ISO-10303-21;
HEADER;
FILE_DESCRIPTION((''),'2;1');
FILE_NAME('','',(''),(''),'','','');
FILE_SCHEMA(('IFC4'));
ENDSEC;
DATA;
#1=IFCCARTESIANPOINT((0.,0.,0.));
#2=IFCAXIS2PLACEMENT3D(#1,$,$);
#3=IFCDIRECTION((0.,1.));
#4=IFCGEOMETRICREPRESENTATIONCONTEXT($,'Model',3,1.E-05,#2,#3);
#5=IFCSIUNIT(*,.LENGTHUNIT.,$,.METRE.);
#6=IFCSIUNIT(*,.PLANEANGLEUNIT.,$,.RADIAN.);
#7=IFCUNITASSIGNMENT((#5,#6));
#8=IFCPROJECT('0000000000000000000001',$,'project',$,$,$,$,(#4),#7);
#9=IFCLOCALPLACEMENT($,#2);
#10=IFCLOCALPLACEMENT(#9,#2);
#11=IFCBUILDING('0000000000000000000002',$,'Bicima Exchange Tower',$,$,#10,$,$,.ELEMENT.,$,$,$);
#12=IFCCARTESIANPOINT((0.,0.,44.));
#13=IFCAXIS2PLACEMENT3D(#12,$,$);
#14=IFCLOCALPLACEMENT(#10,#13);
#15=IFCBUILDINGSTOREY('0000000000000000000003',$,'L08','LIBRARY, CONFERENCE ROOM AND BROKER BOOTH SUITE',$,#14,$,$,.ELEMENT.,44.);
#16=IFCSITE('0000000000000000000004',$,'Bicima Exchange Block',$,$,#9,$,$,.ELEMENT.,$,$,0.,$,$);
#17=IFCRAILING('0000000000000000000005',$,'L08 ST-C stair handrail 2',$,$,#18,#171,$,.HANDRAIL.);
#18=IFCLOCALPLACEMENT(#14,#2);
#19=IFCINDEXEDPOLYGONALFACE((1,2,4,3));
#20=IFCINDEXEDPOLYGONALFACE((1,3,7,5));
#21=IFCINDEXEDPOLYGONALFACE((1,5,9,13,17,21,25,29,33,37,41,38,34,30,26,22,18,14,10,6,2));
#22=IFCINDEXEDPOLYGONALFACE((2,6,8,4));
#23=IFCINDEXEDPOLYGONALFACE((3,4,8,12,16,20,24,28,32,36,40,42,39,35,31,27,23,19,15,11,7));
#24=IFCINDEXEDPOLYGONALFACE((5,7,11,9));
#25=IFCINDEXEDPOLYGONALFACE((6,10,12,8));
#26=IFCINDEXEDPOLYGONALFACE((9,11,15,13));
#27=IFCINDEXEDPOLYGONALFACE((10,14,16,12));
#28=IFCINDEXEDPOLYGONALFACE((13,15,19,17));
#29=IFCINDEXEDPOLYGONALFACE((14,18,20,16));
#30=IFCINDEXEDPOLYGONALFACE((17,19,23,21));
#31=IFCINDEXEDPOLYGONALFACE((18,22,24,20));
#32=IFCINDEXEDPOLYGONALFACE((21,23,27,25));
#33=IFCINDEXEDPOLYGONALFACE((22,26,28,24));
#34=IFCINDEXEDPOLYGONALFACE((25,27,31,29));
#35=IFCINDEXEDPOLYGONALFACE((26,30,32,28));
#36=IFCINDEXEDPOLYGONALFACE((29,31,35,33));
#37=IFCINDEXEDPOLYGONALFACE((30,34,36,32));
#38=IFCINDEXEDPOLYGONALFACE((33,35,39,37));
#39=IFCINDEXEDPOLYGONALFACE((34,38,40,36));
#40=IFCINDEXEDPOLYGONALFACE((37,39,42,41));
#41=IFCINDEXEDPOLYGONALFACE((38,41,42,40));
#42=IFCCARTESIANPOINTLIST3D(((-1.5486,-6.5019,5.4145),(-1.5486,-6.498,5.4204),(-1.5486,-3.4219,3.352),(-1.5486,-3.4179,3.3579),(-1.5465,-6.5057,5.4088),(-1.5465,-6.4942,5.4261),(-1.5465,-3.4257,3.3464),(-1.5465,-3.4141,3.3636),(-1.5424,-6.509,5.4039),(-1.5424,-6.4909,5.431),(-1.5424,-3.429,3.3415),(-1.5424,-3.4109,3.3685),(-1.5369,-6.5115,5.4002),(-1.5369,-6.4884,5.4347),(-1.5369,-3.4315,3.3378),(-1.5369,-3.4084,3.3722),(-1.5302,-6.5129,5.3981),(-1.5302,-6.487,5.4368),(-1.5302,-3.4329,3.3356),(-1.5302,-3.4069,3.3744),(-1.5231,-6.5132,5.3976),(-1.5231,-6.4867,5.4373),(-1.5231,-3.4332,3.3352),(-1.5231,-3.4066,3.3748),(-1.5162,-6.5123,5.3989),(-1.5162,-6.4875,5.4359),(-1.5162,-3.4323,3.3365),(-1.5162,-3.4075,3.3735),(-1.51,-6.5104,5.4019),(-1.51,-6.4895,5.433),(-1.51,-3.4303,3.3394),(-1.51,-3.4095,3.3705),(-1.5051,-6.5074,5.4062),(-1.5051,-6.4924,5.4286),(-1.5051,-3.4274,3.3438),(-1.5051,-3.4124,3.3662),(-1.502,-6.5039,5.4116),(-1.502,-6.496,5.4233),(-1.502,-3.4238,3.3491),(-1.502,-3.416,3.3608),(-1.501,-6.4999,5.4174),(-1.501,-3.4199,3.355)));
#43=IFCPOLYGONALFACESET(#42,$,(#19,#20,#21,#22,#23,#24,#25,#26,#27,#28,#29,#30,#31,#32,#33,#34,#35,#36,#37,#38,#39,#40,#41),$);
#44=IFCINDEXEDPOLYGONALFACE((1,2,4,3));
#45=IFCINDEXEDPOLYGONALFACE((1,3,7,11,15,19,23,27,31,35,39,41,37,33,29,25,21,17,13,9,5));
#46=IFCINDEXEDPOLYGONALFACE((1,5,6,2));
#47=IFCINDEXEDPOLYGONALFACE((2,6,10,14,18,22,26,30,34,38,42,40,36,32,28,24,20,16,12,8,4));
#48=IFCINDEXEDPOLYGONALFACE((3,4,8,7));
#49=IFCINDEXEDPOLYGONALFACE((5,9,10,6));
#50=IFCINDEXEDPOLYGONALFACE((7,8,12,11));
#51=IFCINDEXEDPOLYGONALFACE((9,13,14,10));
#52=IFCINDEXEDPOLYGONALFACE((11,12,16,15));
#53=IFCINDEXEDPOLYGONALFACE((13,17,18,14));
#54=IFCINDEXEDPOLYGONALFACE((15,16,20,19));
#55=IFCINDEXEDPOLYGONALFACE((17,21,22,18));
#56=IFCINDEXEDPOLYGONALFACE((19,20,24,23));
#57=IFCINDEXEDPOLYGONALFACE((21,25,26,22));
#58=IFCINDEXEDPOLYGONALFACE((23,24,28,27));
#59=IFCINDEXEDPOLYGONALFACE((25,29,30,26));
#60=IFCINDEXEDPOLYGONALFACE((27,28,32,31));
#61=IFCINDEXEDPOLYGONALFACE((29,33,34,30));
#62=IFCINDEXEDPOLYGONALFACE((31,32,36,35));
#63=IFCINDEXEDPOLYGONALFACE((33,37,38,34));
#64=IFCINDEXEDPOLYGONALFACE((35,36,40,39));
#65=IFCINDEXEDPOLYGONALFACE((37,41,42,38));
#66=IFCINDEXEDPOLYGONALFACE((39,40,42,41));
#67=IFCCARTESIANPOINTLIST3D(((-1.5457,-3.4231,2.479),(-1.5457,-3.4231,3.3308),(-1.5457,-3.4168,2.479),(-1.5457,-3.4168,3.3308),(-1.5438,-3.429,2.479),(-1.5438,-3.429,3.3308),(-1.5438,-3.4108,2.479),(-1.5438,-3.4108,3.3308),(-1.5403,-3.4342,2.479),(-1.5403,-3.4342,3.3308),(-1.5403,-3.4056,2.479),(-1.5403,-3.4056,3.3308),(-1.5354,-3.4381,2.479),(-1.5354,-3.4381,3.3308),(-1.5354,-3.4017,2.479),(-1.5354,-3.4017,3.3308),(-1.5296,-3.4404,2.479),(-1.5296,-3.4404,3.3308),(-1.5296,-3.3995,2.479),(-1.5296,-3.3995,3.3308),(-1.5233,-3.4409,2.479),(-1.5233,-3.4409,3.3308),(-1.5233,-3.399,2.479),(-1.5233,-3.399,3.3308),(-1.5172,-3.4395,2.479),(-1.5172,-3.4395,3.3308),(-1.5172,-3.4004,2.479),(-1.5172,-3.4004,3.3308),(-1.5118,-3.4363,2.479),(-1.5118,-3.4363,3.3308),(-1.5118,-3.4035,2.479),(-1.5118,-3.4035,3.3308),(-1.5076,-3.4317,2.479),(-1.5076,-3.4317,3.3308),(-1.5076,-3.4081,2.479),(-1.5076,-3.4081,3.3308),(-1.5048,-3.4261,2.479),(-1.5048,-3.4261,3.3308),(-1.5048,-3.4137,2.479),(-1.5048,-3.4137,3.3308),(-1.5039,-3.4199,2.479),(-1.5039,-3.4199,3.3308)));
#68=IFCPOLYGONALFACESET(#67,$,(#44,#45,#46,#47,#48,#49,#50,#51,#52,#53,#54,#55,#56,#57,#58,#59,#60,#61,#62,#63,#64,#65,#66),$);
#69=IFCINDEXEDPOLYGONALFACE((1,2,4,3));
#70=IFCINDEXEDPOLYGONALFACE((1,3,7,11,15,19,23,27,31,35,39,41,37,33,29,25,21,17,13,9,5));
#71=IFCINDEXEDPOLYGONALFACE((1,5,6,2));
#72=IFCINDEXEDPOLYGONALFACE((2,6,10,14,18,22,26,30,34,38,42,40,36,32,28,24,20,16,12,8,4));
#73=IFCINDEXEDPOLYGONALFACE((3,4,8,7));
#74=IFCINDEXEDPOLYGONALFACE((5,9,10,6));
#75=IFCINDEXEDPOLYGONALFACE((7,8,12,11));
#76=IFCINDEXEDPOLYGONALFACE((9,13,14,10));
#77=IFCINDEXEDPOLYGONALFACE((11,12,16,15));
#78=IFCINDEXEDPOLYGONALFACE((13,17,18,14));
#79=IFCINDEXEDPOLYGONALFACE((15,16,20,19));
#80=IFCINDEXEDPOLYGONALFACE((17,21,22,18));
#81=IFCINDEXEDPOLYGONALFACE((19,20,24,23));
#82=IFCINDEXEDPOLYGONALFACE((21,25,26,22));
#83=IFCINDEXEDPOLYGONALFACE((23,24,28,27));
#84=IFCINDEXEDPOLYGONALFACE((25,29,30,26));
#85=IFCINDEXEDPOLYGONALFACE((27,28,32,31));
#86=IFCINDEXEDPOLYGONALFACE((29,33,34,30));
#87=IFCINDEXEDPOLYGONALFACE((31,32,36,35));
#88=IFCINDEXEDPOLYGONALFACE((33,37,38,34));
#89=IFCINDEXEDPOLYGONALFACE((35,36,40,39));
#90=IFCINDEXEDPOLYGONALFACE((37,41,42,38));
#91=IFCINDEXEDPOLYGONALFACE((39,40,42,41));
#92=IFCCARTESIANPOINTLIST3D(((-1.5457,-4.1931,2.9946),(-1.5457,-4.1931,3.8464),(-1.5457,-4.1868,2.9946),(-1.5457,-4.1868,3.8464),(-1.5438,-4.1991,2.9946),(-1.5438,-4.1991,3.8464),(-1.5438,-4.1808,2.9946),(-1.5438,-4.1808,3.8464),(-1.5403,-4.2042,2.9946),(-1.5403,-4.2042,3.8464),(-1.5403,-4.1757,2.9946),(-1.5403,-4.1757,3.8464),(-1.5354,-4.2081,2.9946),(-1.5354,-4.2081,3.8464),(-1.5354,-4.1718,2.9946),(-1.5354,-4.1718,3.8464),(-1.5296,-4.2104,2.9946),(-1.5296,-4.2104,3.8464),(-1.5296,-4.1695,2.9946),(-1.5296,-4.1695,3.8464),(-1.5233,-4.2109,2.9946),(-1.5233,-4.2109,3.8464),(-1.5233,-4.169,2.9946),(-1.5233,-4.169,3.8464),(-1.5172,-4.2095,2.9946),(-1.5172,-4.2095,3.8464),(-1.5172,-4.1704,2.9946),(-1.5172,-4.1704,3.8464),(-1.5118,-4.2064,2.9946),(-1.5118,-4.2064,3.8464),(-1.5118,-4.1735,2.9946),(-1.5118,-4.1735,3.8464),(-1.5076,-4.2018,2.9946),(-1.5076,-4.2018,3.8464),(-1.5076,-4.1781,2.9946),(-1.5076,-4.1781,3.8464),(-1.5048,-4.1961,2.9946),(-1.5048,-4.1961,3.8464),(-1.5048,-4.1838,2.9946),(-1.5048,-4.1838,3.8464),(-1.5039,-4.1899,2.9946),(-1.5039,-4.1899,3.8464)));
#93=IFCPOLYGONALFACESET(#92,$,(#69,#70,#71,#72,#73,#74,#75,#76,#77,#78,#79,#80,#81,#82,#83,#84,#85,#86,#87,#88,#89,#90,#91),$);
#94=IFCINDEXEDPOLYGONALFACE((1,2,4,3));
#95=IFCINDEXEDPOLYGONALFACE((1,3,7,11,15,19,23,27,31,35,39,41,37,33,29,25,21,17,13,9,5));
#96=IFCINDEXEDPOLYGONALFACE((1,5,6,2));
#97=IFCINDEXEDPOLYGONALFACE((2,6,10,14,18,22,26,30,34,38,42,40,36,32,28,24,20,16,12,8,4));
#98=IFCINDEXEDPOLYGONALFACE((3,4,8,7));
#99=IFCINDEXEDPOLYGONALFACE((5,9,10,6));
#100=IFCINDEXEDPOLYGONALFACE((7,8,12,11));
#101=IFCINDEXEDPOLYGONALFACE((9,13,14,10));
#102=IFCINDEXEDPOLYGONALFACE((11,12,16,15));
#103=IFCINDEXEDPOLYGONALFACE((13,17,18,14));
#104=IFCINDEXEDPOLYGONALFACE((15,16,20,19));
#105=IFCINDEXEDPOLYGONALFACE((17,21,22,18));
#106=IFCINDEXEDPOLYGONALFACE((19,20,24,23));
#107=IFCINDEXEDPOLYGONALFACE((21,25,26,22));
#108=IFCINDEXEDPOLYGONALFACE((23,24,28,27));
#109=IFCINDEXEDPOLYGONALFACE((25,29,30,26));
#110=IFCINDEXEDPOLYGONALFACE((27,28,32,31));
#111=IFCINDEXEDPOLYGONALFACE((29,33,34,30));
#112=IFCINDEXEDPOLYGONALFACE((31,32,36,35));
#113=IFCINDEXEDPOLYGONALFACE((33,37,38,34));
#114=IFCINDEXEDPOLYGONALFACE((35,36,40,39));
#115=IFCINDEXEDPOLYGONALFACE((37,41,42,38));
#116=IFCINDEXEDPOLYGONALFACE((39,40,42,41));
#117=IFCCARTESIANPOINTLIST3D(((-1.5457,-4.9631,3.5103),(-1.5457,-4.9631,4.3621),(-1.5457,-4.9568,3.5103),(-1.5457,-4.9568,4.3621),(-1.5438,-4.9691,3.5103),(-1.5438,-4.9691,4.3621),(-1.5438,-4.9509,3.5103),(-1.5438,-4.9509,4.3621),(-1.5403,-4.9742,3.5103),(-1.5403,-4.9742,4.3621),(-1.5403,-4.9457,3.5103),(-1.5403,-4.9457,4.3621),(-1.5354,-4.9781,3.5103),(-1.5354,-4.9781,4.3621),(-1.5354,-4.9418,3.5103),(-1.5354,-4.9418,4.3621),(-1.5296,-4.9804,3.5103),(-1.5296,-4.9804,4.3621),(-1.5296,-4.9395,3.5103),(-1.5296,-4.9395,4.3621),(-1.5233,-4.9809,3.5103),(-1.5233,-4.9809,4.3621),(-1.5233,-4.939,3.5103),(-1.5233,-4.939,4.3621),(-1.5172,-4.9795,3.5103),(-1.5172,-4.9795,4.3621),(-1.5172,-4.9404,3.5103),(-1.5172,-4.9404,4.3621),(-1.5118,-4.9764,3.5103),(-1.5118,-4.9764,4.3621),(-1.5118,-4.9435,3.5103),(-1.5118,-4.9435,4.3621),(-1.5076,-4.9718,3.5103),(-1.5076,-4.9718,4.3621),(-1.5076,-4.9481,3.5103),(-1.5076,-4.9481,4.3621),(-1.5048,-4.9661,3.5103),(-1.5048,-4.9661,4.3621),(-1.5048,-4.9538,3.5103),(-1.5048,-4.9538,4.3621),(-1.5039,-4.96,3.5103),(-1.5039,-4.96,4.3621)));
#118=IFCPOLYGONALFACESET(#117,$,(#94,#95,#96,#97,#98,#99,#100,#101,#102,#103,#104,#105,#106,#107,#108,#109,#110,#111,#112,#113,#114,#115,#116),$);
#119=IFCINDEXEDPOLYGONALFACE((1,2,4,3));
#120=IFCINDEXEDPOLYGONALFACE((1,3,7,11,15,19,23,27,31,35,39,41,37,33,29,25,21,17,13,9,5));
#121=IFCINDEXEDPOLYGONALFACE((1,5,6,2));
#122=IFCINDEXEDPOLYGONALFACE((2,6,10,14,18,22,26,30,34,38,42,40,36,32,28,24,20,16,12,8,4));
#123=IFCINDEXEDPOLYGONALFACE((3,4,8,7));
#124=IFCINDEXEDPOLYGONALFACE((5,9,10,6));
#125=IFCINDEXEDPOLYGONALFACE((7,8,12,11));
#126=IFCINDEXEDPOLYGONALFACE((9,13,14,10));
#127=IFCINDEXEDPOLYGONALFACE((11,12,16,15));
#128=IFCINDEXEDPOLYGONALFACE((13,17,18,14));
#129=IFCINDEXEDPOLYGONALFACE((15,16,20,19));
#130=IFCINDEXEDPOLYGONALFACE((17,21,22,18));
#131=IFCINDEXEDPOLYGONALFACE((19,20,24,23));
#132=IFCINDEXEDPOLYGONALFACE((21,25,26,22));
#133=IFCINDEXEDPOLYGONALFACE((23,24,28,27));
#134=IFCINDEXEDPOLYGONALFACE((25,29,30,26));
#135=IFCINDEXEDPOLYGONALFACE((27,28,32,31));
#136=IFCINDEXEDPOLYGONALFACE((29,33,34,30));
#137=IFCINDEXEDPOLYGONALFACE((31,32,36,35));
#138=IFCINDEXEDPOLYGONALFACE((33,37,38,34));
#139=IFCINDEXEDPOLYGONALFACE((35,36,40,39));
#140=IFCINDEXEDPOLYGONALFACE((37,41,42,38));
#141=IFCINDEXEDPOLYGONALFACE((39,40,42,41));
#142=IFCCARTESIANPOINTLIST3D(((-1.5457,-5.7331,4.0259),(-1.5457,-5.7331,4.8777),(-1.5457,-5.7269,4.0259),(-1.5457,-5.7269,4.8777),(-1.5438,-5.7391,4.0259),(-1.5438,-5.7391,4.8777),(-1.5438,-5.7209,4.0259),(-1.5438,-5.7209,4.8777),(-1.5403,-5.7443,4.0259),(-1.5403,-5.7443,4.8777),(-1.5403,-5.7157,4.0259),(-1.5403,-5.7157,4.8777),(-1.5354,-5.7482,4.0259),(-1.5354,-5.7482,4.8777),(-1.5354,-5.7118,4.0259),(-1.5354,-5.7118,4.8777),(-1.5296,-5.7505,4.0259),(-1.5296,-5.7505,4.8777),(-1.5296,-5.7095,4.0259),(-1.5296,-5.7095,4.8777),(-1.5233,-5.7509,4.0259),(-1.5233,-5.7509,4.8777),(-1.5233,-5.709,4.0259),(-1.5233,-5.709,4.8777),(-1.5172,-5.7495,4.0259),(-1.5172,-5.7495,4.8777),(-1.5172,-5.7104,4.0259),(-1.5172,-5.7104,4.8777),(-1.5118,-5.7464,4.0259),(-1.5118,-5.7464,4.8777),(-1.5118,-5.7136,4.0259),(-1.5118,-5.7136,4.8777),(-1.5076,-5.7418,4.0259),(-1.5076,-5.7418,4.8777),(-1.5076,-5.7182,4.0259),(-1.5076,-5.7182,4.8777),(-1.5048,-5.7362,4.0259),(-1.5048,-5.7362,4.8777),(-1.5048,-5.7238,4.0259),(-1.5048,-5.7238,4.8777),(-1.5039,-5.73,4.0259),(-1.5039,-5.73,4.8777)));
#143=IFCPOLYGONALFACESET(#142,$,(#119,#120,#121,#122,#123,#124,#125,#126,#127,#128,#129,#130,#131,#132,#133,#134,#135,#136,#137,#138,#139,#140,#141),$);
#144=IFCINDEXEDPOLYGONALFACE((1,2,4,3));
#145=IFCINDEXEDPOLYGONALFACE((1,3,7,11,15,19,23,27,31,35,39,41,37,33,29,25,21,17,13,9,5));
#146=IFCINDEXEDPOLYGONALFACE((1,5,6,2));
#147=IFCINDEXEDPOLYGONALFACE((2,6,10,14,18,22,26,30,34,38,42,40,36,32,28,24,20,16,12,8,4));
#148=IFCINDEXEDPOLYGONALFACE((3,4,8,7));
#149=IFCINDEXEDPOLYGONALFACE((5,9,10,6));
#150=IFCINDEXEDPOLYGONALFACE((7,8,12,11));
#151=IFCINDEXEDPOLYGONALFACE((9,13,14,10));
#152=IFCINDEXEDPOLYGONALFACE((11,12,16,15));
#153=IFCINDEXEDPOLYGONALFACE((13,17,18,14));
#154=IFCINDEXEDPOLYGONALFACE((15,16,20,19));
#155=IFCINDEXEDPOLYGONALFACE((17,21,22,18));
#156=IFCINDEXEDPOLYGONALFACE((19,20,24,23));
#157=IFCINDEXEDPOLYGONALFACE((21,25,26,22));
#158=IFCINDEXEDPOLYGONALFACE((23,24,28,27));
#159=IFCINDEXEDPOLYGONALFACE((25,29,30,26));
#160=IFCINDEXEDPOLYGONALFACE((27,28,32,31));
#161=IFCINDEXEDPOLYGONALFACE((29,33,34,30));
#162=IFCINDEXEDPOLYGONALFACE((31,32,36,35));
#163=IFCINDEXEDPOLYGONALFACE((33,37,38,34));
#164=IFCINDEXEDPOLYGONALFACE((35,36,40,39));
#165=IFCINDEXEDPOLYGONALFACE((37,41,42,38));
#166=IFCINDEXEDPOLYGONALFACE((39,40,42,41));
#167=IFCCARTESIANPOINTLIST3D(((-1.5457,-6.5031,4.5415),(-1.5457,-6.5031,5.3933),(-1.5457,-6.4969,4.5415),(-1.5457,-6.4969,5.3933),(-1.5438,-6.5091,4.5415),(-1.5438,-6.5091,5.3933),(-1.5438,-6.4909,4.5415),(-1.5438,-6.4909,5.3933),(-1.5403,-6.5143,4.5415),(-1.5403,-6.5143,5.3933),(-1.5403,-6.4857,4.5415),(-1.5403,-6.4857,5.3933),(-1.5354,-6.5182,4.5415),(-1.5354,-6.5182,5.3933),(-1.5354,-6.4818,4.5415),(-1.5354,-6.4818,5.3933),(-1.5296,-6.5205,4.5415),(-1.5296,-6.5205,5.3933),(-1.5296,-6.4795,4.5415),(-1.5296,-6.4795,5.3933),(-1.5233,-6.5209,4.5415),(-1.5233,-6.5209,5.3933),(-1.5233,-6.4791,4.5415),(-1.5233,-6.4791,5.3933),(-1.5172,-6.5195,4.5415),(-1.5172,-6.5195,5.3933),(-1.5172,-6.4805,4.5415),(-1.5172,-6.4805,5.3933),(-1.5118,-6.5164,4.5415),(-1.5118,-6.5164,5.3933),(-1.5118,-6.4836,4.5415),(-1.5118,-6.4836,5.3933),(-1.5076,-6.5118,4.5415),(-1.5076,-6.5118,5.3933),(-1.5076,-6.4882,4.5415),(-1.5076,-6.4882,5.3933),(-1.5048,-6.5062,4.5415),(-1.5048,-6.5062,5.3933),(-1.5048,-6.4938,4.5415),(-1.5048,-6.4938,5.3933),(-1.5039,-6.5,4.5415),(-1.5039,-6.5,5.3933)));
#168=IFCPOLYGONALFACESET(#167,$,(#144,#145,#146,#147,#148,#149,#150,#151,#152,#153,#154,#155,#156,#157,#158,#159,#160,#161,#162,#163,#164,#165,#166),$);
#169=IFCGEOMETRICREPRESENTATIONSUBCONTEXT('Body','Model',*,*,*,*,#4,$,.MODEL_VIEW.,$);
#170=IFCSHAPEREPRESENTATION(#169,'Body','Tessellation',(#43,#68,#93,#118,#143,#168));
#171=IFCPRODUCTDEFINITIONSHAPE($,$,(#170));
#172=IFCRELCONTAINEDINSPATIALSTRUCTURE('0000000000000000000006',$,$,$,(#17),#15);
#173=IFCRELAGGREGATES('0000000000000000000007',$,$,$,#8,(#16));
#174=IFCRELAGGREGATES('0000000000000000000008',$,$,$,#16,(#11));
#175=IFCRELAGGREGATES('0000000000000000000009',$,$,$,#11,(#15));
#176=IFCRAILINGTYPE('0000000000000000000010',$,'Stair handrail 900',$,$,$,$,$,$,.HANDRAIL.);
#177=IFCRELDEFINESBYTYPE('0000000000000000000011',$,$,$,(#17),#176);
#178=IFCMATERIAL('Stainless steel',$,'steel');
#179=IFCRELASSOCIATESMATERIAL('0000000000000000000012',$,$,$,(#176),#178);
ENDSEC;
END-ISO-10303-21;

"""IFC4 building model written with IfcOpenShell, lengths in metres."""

from ifc_helpers import new_model, si_unit, direction, frame, origin, origin_2d, place, context, subcontext, project, spatial, circle, extrude, material, type_object, element, save


model = new_model("IFC4")

# Units and contexts
model_context = context("Model", 3, precision=1e-05, world=origin(), true_north=direction((0.0, 1.0)))
body_context = subcontext(model_context, "Body", "Model", "MODEL_VIEW")
ifc_project = project(units=[si_unit("LENGTHUNIT", "METRE"), si_unit("PLANEANGLEUNIT", "RADIAN")], contexts=[model_context])

# Site, building, storey
site_placement = place(None, origin())
site = spatial("IfcSite", under=ifc_project, at=site_placement, Name="Bicima Exchange Block", CompositionType="ELEMENT", RefElevation=0.0)
building_placement = place(site_placement, origin())
building = spatial("IfcBuilding", under=site, at=building_placement, Name="Bicima Exchange Tower", CompositionType="ELEMENT")
storey_placement = place(building_placement, frame((0.0, 0.0, 44.0)))
storey = spatial("IfcBuildingStorey", under=building, at=storey_placement, Name="L08", Description="LIBRARY, CONFERENCE ROOM AND BROKER BOOTH SUITE", CompositionType="ELEMENT", Elevation=44.0)

# Railing
ifc_material_1 = material(Name="Stainless steel", Category="steel")
railing_type = type_object("IfcRailingType", Name="Stair handrail 900", PredefinedType="HANDRAIL", material=ifc_material_1)
railing_placement = place(storey_placement, frame((-1.5249, -3.4199, 2.479)))
element("IfcRailing", 1, at=railing_placement, inside=storey, type_object=railing_type, Name="L08 ST-C stair handrail 2", PredefinedType="HANDRAIL", context=body_context, shape_type="SweptSolid", body=[
    extrude(circle(Radius=0.0239, at=origin_2d()), frame((0.0, 0.0, 0.876), z_axis=(0.0, -0.830914, 0.556401), x_axis=(1.0, 0.0, 0.0)), (0.0, 0.0, 1.0), 3.7068),
    extrude(circle(Radius=0.021, at=origin_2d()), origin(), (0.0, 0.0, 1.0), 0.8518),
    extrude(circle(Radius=0.021, at=origin_2d()), frame((0.0, -0.77, 0.5156)), (0.0, 0.0, 1.0), 0.8518),
    extrude(circle(Radius=0.021, at=origin_2d()), frame((0.0, -1.54, 1.0312)), (0.0, 0.0, 1.0), 0.8518),
    extrude(circle(Radius=0.021, at=origin_2d()), frame((0.0, -2.3101, 1.5469)), (0.0, 0.0, 1.0), 0.8518),
    extrude(circle(Radius=0.021, at=origin_2d()), frame((0.0, -3.0801, 2.0625)), (0.0, 0.0, 1.0), 0.8518),
])

save(model, "model.ifc")
